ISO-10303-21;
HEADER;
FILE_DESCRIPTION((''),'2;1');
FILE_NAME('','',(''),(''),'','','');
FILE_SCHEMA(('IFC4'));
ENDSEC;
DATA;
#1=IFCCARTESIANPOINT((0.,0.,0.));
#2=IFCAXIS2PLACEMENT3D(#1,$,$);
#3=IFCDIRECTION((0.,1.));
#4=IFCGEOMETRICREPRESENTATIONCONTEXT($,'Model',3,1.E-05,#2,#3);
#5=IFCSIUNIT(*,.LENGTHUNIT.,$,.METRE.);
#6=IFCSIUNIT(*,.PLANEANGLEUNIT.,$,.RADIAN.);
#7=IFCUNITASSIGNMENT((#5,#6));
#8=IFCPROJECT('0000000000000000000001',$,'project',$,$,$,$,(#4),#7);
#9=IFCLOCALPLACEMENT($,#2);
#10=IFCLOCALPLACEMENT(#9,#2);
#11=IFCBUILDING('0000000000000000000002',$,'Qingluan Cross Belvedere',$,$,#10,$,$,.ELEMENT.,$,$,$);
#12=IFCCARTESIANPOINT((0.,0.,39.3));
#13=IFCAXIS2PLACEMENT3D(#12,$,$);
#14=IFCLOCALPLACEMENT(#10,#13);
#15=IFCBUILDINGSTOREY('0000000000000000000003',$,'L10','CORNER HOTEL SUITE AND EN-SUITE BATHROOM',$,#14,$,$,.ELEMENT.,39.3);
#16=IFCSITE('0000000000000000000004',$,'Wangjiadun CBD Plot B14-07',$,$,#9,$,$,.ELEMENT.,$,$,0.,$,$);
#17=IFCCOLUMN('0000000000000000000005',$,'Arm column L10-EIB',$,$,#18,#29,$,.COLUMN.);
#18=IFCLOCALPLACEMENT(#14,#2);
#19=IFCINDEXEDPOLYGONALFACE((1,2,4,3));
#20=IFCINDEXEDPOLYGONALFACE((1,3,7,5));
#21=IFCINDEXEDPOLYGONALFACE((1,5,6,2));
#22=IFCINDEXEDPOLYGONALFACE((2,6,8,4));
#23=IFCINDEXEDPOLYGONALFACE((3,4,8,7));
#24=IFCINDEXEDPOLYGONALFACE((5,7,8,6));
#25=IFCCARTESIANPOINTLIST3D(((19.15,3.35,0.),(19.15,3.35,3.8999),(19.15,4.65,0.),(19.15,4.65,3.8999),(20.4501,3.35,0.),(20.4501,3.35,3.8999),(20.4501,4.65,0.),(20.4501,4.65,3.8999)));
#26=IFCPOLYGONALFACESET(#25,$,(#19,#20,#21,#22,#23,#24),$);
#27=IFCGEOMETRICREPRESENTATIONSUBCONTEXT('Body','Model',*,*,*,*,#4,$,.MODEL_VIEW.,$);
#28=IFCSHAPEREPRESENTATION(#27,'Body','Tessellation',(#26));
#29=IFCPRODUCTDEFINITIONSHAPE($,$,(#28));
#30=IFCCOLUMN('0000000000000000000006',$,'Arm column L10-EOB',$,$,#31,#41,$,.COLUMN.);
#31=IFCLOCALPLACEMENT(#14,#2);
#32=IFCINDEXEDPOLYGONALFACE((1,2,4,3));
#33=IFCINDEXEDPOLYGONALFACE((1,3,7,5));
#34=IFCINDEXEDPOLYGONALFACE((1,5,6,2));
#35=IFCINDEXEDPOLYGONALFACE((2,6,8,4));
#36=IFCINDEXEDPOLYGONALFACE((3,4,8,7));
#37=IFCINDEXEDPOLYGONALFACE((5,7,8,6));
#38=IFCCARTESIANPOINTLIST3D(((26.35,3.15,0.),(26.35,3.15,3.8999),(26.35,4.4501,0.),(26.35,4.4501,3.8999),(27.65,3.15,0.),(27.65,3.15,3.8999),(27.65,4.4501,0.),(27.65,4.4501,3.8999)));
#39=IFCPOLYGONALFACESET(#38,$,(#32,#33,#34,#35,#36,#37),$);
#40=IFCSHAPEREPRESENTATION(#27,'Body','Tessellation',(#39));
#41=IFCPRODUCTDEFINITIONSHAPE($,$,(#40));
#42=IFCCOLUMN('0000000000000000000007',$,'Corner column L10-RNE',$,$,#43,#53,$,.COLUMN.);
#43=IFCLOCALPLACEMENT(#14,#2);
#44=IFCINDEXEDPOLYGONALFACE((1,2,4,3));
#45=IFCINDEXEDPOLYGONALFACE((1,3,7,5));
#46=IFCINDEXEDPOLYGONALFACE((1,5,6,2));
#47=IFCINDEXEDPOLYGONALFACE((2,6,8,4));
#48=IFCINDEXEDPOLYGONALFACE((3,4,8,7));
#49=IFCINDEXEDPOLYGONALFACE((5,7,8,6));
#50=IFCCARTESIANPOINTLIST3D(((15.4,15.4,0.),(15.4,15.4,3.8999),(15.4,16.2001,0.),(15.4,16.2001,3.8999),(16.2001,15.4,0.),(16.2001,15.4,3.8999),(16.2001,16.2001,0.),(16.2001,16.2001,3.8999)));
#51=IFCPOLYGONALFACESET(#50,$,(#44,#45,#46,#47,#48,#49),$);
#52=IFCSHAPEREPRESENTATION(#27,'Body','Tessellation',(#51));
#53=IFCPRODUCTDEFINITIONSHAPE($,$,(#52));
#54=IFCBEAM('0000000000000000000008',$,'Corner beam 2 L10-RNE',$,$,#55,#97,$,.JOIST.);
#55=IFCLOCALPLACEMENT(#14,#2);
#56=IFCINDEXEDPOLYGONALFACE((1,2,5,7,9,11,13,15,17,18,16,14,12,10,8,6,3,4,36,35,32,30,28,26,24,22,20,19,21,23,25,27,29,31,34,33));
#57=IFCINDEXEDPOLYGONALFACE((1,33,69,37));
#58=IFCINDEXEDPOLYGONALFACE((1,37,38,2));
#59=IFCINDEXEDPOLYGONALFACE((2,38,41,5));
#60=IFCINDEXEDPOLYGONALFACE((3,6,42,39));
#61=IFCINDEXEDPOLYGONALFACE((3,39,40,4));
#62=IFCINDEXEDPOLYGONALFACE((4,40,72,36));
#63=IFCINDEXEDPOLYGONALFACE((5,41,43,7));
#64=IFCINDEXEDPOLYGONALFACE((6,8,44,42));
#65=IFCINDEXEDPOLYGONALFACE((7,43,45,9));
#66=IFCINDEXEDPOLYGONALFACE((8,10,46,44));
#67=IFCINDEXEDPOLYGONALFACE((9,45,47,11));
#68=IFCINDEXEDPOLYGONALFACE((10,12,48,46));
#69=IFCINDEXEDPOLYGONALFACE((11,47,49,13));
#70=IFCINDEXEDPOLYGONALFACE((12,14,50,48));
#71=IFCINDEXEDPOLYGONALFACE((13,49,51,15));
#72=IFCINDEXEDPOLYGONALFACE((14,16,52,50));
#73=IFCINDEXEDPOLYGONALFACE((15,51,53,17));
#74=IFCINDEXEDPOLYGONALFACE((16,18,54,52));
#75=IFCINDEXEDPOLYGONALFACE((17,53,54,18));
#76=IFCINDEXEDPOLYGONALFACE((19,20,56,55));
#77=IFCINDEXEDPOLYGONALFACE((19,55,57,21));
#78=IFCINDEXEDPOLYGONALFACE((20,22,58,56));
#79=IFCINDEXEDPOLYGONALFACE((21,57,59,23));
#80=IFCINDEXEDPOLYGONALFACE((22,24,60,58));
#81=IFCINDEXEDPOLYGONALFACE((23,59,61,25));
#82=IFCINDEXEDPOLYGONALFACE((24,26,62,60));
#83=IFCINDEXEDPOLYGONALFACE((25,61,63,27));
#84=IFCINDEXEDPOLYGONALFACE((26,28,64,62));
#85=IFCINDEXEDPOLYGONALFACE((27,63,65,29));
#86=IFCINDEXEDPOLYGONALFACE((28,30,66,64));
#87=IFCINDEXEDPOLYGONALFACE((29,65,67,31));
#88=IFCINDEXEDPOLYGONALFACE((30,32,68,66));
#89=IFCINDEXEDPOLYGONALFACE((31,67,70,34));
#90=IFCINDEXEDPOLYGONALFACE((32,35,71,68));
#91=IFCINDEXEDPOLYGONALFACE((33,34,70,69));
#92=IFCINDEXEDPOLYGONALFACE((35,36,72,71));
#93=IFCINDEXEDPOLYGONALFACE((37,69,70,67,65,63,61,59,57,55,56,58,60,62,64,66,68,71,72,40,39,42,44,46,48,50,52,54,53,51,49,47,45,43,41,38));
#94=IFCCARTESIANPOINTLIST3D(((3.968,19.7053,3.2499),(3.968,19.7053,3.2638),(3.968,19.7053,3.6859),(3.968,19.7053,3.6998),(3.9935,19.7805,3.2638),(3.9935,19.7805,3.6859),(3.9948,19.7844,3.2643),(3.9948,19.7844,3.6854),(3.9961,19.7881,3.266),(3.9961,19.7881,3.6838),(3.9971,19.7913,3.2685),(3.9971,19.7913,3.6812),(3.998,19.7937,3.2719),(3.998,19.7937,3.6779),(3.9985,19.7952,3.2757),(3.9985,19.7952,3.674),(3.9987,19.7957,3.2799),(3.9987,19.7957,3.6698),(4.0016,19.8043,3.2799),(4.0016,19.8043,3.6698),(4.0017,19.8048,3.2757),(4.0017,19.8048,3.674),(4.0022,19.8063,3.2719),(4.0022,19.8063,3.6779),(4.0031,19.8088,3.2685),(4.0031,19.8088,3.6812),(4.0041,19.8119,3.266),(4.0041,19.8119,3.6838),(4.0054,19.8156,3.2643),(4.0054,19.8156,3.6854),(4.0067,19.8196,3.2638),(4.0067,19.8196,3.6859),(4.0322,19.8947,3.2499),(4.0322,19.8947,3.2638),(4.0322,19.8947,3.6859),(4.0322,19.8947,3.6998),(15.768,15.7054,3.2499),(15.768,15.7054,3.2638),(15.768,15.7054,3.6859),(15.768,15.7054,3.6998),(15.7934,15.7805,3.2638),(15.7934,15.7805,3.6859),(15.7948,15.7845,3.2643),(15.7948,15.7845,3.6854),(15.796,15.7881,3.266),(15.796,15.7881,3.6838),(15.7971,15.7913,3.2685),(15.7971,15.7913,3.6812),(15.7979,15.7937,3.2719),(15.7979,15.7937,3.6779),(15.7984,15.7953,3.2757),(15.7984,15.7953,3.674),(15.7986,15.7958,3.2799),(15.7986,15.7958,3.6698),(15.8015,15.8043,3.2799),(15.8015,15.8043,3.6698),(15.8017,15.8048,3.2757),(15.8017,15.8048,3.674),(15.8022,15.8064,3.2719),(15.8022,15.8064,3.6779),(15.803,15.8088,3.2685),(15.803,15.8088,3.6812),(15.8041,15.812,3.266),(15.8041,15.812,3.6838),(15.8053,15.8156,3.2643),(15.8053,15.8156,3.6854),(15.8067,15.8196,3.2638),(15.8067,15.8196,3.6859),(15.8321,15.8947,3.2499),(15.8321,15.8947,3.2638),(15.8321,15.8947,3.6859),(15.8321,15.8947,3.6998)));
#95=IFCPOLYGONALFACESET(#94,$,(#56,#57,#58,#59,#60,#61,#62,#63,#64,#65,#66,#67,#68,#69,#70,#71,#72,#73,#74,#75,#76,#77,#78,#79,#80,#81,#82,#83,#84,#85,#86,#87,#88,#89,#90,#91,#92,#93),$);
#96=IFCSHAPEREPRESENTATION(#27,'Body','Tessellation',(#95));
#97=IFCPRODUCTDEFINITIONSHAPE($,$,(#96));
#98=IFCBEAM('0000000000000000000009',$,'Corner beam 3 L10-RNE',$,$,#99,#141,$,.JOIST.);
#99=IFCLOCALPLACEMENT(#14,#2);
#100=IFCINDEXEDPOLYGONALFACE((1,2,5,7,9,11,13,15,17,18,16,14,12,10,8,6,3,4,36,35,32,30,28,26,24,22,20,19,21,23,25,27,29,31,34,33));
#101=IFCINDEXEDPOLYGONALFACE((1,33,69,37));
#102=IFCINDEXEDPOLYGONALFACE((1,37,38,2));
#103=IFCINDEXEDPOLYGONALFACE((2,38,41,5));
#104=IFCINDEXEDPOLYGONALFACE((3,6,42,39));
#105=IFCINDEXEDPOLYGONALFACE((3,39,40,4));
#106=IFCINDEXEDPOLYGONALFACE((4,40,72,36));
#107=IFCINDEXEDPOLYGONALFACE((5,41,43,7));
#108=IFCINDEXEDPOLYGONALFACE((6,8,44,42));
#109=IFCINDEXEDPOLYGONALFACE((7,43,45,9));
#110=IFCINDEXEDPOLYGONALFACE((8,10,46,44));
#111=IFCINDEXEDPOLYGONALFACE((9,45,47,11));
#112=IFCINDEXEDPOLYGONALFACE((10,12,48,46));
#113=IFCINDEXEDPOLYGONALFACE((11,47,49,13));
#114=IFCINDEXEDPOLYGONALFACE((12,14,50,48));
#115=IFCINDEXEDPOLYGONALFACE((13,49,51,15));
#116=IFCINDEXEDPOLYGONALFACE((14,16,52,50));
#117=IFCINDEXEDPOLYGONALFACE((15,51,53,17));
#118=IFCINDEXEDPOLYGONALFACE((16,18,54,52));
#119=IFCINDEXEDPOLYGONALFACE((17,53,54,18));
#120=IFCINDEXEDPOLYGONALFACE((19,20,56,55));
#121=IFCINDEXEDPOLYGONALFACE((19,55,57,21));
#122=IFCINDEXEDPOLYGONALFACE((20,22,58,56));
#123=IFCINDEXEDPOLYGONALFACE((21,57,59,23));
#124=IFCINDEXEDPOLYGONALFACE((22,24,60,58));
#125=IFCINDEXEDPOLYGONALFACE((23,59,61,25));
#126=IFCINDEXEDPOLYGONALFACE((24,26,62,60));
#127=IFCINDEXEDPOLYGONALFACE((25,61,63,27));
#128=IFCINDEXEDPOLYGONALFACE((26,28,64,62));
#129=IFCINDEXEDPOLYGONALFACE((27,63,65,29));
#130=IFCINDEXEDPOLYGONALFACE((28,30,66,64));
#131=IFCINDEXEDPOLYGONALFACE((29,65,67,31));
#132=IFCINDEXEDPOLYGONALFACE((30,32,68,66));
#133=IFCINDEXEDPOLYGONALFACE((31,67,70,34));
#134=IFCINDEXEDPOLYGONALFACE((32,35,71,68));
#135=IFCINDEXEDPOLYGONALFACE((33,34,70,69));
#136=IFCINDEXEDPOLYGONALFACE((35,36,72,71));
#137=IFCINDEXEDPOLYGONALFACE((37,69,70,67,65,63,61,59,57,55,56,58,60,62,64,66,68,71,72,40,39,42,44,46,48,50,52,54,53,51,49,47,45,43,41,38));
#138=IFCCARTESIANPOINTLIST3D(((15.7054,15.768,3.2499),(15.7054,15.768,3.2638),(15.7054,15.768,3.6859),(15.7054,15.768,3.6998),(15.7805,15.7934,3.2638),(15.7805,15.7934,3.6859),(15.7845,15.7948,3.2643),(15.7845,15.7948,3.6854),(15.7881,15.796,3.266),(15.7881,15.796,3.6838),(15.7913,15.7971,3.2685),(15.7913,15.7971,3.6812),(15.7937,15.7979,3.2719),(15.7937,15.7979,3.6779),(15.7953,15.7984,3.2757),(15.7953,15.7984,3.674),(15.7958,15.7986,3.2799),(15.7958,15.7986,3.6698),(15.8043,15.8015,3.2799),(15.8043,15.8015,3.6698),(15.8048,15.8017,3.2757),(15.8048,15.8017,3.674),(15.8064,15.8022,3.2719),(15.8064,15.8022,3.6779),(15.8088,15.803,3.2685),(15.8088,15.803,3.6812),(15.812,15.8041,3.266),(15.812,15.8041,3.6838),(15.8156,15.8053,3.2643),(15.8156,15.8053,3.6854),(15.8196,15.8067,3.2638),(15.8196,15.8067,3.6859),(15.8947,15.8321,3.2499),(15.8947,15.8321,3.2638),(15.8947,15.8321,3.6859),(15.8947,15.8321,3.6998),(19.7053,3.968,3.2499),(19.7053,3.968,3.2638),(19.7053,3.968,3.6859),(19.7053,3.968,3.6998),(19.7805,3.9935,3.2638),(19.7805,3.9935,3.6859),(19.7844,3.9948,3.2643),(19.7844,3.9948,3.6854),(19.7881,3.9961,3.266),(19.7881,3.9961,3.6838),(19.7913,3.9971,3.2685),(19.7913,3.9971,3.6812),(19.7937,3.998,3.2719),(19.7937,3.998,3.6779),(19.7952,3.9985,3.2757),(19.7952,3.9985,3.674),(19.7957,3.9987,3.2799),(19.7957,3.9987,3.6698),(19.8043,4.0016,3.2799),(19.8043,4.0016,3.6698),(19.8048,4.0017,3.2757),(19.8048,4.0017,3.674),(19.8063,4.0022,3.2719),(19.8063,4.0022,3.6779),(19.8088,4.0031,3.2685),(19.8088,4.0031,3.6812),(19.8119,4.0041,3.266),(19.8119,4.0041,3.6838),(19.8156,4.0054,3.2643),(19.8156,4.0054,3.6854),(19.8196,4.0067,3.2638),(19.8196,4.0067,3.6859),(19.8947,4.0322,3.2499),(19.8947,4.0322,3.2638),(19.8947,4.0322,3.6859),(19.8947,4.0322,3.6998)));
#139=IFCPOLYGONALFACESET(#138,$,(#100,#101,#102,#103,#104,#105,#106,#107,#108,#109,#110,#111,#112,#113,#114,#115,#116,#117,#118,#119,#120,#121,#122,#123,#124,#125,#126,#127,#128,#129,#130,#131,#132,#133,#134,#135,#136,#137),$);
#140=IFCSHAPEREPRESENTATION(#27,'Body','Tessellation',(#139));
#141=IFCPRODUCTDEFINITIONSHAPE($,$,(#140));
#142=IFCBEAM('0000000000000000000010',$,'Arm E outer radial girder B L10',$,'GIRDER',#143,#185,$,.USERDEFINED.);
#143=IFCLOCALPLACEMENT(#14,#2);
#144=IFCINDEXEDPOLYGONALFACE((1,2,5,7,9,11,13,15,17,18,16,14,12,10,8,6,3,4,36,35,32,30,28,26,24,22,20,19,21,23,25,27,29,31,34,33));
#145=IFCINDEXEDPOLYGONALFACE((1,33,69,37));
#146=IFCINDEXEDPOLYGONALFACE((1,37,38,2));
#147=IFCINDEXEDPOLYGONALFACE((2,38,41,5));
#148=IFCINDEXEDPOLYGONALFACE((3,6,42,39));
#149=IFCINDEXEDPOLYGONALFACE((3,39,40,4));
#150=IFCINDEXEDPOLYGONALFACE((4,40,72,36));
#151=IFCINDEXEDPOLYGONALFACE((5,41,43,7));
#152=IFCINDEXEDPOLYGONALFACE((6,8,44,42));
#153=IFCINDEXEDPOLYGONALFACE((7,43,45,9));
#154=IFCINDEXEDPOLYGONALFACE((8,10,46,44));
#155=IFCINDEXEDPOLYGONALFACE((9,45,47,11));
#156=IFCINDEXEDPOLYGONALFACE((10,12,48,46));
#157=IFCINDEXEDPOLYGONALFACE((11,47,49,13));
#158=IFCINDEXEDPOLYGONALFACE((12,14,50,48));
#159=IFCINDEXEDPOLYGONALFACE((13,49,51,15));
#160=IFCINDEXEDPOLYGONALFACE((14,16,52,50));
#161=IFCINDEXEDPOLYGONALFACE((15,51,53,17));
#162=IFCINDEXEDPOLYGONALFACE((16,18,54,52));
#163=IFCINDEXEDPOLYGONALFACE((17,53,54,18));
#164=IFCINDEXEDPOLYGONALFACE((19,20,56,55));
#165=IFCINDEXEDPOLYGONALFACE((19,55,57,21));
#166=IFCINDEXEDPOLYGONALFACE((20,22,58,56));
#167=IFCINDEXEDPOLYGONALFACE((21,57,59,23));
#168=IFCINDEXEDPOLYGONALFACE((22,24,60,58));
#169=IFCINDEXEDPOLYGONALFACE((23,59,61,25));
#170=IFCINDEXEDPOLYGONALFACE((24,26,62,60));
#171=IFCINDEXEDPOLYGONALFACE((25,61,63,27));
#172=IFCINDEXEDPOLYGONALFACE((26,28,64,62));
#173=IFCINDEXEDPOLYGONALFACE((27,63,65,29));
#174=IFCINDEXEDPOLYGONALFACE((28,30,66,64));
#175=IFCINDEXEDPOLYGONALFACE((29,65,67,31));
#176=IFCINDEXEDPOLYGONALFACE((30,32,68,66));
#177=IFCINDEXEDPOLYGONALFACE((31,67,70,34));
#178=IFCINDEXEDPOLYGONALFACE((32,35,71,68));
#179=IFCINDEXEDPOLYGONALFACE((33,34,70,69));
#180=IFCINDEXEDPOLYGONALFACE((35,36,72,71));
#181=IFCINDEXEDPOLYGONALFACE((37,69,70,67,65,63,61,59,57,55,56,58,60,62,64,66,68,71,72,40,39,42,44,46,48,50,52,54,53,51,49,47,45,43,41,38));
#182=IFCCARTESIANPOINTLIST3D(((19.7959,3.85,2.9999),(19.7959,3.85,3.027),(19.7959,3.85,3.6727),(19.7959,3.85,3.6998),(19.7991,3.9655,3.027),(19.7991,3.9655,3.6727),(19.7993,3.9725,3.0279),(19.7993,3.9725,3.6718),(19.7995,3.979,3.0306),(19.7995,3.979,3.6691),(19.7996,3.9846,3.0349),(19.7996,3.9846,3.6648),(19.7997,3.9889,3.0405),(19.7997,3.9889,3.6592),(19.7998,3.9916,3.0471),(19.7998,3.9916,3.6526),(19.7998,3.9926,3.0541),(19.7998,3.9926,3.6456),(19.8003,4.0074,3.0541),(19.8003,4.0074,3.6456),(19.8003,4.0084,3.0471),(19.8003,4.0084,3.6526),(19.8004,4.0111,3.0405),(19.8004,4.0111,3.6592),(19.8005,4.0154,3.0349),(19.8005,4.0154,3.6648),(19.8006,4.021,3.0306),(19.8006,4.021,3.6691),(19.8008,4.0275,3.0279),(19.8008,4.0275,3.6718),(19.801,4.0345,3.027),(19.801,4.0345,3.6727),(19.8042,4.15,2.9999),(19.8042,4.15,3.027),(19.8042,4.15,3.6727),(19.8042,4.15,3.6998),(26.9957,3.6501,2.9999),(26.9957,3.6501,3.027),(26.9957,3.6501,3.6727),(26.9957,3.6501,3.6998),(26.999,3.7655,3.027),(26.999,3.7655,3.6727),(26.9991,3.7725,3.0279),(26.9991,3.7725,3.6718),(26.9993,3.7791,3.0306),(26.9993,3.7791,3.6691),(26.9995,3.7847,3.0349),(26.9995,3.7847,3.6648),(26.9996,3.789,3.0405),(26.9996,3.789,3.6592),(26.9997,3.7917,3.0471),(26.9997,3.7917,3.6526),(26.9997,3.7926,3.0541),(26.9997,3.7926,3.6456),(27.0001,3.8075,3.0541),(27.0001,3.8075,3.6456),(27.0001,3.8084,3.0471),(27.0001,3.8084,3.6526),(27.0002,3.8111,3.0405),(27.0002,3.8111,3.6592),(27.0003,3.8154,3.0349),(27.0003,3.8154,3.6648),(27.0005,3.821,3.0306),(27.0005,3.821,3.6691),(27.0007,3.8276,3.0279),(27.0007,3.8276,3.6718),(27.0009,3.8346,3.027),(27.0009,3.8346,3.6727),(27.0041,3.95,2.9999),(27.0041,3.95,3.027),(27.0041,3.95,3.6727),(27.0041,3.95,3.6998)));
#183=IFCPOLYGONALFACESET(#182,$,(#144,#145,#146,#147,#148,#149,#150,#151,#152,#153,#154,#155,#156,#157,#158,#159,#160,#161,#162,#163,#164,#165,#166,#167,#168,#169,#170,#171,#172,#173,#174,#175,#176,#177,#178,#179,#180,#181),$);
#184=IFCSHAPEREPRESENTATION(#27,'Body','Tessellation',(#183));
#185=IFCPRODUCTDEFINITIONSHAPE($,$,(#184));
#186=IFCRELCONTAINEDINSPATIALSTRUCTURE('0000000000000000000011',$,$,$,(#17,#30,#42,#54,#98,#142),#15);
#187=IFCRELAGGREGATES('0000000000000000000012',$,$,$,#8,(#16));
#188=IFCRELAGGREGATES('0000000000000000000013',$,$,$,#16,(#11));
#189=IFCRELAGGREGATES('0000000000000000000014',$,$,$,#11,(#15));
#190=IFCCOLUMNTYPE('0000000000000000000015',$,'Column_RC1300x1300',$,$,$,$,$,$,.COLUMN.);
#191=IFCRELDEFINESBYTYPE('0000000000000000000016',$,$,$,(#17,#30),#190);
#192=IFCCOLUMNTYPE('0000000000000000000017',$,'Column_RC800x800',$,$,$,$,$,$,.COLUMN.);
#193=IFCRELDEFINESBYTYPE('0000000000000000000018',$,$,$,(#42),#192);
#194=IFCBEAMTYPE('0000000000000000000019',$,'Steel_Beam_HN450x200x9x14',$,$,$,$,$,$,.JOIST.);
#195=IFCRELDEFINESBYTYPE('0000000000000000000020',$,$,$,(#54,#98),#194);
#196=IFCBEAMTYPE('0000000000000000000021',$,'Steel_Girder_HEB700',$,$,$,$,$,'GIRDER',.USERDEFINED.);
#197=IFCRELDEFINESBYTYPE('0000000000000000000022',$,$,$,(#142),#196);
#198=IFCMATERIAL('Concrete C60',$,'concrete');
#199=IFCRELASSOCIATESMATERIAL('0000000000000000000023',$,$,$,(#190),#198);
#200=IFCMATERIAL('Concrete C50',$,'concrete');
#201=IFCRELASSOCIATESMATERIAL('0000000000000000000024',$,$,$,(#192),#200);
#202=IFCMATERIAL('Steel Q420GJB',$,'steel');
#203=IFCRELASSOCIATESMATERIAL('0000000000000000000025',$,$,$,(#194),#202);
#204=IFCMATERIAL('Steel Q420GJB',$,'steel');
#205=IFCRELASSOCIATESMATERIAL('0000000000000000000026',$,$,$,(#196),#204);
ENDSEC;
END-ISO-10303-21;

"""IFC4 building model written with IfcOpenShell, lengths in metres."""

from ifc_helpers import new_model, si_unit, direction, frame, origin, origin_2d, place, context, subcontext, project, spatial, rectangle, i_section, extrude, material, material_profile, profile_set, type_object, element, save


model = new_model("IFC4")

# Units and contexts
model_context = context("Model", 3, precision=1e-05, world=origin(), true_north=direction((0.0, 1.0)))
body_context = subcontext(model_context, "Body", "Model", "MODEL_VIEW")
ifc_project = project(units=[si_unit("LENGTHUNIT", "METRE"), si_unit("PLANEANGLEUNIT", "RADIAN")], contexts=[model_context])

# Site, building, storey
site_placement = place(None, origin())
site = spatial("IfcSite", under=ifc_project, at=site_placement, Name="Wangjiadun CBD Plot B14-07", CompositionType="ELEMENT", RefElevation=0.0)
building_placement = place(site_placement, origin())
building = spatial("IfcBuilding", under=site, at=building_placement, Name="Qingluan Cross Belvedere", CompositionType="ELEMENT")
storey_placement = place(building_placement, frame((0.0, 0.0, 39.3)))
storey = spatial("IfcBuildingStorey", under=building, at=storey_placement, Name="L10", Description="CORNER HOTEL SUITE AND EN-SUITE BATHROOM", CompositionType="ELEMENT", Elevation=39.3)

# Columns
ifc_material_1 = material(Name="Concrete C60", Category="concrete")
ifc_material_profile_1 = material_profile(ifc_material_1, rectangle(XDim=1.3, YDim=1.3, at=origin_2d()), Name="RC1300x1300")
ifc_profile_set_1 = profile_set([ifc_material_profile_1], Name="Concrete C60")
column_type_1 = type_object("IfcColumnType", Name="Column_RC1300x1300", PredefinedType="COLUMN", material=ifc_profile_set_1)
for number, where, z_axis, x_axis, name in (
    (1, (19.8, 4.0, 0.0), (0.0, 0.0, 1.0), (1.0, 0.0, 0.0), "Arm column L10-EIB"),
    (2, (27.0, 3.8, 0.0), (0.0, 0.0, 1.0), (1.0, 0.0, 0.0), "Arm column L10-EOB"),
):
    element("IfcColumn", number, at=place(storey_placement, frame(where, z_axis=z_axis, x_axis=x_axis)), inside=storey, type_object=column_type_1, Name=name, PredefinedType="COLUMN", context=body_context, shape_type="SweptSolid", body=[
        extrude(rectangle(XDim=1.3, YDim=1.3, at=origin_2d()), origin(), (0.0, 0.0, 1.0), 3.8999),
    ])
ifc_material_2 = material(Name="Concrete C50", Category="concrete")
ifc_material_profile_2 = material_profile(ifc_material_2, rectangle(XDim=0.8, YDim=0.8, at=origin_2d()), Name="RC800x800")
ifc_profile_set_2 = profile_set([ifc_material_profile_2], Name="Concrete C50")
column_type_2 = type_object("IfcColumnType", Name="Column_RC800x800", PredefinedType="COLUMN", material=ifc_profile_set_2)
column_placement = place(storey_placement, frame((15.8, 15.8, 0.0), z_axis=(0.0, 0.0, 1.0), x_axis=(1.0, 0.0, 0.0)))
element("IfcColumn", 3, at=column_placement, inside=storey, type_object=column_type_2, Name="Corner column L10-RNE", PredefinedType="COLUMN", context=body_context, shape_type="SweptSolid", body=[
    extrude(rectangle(XDim=0.8, YDim=0.8, at=origin_2d()), origin(), (0.0, 0.0, 1.0), 3.8999),
])

# Beams
ifc_material_3 = material(Name="Steel Q420GJB", Category="steel")
ifc_material_profile_3 = material_profile(ifc_material_3, i_section(OverallWidth=0.2, OverallDepth=0.45, WebThickness=0.009, FlangeThickness=0.0139, FilletRadius=0.0161, at=origin_2d()), Name="HN450x200x9x14")
ifc_profile_set_3 = profile_set([ifc_material_profile_3], Name="Steel Q420GJB")
beam_type_1 = type_object("IfcBeamType", Name="Steel_Beam_HN450x200x9x14", PredefinedType="JOIST", material=ifc_profile_set_3)
for number, where, z_axis, x_axis, name in (
    (4, (15.8, 15.8, 3.4749), (-0.947066, 0.321038, 0.0), (-0.321038, -0.947066, 0.0), "Corner beam 2 L10-RNE"),
    (5, (15.8, 15.8, 3.4749), (0.321038, -0.947066, 0.0), (0.947066, 0.321038, 0.0), "Corner beam 3 L10-RNE"),
):
    element("IfcBeam", number, at=place(storey_placement, frame(where, z_axis=z_axis, x_axis=x_axis)), inside=storey, type_object=beam_type_1, Name=name, PredefinedType="JOIST", context=body_context, shape_type="SweptSolid", body=[
        extrude(i_section(OverallWidth=0.2, OverallDepth=0.45, WebThickness=0.009, FlangeThickness=0.0139, FilletRadius=0.0161, at=origin_2d()), origin(), (0.0, 0.0, 1.0), 12.4595),
    ])
ifc_material_4 = material(Name="Steel Q420GJB", Category="steel")
ifc_material_profile_4 = material_profile(ifc_material_4, i_section(OverallWidth=0.3, OverallDepth=0.7, WebThickness=0.0149, FlangeThickness=0.0271, FilletRadius=0.0271, at=origin_2d()), Name="HEB700")
ifc_profile_set_4 = profile_set([ifc_material_profile_4], Name="Steel Q420GJB")
beam_type_2 = type_object("IfcBeamType", Name="Steel_Girder_HEB700", ElementType="GIRDER", PredefinedType="USERDEFINED", material=ifc_profile_set_4)
beam_placement = place(storey_placement, frame((19.8, 4.0, 3.3499), z_axis=(0.999615, -0.02776, 0.0), x_axis=(0.02776, 0.999615, 0.0)))
element("IfcBeam", 6, at=beam_placement, inside=storey, type_object=beam_type_2, Name="Arm E outer radial girder B L10", ObjectType="GIRDER", PredefinedType="USERDEFINED", context=body_context, shape_type="SweptSolid", body=[
    extrude(i_section(OverallWidth=0.3, OverallDepth=0.7, WebThickness=0.0149, FlangeThickness=0.0271, FilletRadius=0.0271, at=origin_2d()), origin(), (0.0, 0.0, 1.0), 7.2026),
])

save(model, "model.ifc")
